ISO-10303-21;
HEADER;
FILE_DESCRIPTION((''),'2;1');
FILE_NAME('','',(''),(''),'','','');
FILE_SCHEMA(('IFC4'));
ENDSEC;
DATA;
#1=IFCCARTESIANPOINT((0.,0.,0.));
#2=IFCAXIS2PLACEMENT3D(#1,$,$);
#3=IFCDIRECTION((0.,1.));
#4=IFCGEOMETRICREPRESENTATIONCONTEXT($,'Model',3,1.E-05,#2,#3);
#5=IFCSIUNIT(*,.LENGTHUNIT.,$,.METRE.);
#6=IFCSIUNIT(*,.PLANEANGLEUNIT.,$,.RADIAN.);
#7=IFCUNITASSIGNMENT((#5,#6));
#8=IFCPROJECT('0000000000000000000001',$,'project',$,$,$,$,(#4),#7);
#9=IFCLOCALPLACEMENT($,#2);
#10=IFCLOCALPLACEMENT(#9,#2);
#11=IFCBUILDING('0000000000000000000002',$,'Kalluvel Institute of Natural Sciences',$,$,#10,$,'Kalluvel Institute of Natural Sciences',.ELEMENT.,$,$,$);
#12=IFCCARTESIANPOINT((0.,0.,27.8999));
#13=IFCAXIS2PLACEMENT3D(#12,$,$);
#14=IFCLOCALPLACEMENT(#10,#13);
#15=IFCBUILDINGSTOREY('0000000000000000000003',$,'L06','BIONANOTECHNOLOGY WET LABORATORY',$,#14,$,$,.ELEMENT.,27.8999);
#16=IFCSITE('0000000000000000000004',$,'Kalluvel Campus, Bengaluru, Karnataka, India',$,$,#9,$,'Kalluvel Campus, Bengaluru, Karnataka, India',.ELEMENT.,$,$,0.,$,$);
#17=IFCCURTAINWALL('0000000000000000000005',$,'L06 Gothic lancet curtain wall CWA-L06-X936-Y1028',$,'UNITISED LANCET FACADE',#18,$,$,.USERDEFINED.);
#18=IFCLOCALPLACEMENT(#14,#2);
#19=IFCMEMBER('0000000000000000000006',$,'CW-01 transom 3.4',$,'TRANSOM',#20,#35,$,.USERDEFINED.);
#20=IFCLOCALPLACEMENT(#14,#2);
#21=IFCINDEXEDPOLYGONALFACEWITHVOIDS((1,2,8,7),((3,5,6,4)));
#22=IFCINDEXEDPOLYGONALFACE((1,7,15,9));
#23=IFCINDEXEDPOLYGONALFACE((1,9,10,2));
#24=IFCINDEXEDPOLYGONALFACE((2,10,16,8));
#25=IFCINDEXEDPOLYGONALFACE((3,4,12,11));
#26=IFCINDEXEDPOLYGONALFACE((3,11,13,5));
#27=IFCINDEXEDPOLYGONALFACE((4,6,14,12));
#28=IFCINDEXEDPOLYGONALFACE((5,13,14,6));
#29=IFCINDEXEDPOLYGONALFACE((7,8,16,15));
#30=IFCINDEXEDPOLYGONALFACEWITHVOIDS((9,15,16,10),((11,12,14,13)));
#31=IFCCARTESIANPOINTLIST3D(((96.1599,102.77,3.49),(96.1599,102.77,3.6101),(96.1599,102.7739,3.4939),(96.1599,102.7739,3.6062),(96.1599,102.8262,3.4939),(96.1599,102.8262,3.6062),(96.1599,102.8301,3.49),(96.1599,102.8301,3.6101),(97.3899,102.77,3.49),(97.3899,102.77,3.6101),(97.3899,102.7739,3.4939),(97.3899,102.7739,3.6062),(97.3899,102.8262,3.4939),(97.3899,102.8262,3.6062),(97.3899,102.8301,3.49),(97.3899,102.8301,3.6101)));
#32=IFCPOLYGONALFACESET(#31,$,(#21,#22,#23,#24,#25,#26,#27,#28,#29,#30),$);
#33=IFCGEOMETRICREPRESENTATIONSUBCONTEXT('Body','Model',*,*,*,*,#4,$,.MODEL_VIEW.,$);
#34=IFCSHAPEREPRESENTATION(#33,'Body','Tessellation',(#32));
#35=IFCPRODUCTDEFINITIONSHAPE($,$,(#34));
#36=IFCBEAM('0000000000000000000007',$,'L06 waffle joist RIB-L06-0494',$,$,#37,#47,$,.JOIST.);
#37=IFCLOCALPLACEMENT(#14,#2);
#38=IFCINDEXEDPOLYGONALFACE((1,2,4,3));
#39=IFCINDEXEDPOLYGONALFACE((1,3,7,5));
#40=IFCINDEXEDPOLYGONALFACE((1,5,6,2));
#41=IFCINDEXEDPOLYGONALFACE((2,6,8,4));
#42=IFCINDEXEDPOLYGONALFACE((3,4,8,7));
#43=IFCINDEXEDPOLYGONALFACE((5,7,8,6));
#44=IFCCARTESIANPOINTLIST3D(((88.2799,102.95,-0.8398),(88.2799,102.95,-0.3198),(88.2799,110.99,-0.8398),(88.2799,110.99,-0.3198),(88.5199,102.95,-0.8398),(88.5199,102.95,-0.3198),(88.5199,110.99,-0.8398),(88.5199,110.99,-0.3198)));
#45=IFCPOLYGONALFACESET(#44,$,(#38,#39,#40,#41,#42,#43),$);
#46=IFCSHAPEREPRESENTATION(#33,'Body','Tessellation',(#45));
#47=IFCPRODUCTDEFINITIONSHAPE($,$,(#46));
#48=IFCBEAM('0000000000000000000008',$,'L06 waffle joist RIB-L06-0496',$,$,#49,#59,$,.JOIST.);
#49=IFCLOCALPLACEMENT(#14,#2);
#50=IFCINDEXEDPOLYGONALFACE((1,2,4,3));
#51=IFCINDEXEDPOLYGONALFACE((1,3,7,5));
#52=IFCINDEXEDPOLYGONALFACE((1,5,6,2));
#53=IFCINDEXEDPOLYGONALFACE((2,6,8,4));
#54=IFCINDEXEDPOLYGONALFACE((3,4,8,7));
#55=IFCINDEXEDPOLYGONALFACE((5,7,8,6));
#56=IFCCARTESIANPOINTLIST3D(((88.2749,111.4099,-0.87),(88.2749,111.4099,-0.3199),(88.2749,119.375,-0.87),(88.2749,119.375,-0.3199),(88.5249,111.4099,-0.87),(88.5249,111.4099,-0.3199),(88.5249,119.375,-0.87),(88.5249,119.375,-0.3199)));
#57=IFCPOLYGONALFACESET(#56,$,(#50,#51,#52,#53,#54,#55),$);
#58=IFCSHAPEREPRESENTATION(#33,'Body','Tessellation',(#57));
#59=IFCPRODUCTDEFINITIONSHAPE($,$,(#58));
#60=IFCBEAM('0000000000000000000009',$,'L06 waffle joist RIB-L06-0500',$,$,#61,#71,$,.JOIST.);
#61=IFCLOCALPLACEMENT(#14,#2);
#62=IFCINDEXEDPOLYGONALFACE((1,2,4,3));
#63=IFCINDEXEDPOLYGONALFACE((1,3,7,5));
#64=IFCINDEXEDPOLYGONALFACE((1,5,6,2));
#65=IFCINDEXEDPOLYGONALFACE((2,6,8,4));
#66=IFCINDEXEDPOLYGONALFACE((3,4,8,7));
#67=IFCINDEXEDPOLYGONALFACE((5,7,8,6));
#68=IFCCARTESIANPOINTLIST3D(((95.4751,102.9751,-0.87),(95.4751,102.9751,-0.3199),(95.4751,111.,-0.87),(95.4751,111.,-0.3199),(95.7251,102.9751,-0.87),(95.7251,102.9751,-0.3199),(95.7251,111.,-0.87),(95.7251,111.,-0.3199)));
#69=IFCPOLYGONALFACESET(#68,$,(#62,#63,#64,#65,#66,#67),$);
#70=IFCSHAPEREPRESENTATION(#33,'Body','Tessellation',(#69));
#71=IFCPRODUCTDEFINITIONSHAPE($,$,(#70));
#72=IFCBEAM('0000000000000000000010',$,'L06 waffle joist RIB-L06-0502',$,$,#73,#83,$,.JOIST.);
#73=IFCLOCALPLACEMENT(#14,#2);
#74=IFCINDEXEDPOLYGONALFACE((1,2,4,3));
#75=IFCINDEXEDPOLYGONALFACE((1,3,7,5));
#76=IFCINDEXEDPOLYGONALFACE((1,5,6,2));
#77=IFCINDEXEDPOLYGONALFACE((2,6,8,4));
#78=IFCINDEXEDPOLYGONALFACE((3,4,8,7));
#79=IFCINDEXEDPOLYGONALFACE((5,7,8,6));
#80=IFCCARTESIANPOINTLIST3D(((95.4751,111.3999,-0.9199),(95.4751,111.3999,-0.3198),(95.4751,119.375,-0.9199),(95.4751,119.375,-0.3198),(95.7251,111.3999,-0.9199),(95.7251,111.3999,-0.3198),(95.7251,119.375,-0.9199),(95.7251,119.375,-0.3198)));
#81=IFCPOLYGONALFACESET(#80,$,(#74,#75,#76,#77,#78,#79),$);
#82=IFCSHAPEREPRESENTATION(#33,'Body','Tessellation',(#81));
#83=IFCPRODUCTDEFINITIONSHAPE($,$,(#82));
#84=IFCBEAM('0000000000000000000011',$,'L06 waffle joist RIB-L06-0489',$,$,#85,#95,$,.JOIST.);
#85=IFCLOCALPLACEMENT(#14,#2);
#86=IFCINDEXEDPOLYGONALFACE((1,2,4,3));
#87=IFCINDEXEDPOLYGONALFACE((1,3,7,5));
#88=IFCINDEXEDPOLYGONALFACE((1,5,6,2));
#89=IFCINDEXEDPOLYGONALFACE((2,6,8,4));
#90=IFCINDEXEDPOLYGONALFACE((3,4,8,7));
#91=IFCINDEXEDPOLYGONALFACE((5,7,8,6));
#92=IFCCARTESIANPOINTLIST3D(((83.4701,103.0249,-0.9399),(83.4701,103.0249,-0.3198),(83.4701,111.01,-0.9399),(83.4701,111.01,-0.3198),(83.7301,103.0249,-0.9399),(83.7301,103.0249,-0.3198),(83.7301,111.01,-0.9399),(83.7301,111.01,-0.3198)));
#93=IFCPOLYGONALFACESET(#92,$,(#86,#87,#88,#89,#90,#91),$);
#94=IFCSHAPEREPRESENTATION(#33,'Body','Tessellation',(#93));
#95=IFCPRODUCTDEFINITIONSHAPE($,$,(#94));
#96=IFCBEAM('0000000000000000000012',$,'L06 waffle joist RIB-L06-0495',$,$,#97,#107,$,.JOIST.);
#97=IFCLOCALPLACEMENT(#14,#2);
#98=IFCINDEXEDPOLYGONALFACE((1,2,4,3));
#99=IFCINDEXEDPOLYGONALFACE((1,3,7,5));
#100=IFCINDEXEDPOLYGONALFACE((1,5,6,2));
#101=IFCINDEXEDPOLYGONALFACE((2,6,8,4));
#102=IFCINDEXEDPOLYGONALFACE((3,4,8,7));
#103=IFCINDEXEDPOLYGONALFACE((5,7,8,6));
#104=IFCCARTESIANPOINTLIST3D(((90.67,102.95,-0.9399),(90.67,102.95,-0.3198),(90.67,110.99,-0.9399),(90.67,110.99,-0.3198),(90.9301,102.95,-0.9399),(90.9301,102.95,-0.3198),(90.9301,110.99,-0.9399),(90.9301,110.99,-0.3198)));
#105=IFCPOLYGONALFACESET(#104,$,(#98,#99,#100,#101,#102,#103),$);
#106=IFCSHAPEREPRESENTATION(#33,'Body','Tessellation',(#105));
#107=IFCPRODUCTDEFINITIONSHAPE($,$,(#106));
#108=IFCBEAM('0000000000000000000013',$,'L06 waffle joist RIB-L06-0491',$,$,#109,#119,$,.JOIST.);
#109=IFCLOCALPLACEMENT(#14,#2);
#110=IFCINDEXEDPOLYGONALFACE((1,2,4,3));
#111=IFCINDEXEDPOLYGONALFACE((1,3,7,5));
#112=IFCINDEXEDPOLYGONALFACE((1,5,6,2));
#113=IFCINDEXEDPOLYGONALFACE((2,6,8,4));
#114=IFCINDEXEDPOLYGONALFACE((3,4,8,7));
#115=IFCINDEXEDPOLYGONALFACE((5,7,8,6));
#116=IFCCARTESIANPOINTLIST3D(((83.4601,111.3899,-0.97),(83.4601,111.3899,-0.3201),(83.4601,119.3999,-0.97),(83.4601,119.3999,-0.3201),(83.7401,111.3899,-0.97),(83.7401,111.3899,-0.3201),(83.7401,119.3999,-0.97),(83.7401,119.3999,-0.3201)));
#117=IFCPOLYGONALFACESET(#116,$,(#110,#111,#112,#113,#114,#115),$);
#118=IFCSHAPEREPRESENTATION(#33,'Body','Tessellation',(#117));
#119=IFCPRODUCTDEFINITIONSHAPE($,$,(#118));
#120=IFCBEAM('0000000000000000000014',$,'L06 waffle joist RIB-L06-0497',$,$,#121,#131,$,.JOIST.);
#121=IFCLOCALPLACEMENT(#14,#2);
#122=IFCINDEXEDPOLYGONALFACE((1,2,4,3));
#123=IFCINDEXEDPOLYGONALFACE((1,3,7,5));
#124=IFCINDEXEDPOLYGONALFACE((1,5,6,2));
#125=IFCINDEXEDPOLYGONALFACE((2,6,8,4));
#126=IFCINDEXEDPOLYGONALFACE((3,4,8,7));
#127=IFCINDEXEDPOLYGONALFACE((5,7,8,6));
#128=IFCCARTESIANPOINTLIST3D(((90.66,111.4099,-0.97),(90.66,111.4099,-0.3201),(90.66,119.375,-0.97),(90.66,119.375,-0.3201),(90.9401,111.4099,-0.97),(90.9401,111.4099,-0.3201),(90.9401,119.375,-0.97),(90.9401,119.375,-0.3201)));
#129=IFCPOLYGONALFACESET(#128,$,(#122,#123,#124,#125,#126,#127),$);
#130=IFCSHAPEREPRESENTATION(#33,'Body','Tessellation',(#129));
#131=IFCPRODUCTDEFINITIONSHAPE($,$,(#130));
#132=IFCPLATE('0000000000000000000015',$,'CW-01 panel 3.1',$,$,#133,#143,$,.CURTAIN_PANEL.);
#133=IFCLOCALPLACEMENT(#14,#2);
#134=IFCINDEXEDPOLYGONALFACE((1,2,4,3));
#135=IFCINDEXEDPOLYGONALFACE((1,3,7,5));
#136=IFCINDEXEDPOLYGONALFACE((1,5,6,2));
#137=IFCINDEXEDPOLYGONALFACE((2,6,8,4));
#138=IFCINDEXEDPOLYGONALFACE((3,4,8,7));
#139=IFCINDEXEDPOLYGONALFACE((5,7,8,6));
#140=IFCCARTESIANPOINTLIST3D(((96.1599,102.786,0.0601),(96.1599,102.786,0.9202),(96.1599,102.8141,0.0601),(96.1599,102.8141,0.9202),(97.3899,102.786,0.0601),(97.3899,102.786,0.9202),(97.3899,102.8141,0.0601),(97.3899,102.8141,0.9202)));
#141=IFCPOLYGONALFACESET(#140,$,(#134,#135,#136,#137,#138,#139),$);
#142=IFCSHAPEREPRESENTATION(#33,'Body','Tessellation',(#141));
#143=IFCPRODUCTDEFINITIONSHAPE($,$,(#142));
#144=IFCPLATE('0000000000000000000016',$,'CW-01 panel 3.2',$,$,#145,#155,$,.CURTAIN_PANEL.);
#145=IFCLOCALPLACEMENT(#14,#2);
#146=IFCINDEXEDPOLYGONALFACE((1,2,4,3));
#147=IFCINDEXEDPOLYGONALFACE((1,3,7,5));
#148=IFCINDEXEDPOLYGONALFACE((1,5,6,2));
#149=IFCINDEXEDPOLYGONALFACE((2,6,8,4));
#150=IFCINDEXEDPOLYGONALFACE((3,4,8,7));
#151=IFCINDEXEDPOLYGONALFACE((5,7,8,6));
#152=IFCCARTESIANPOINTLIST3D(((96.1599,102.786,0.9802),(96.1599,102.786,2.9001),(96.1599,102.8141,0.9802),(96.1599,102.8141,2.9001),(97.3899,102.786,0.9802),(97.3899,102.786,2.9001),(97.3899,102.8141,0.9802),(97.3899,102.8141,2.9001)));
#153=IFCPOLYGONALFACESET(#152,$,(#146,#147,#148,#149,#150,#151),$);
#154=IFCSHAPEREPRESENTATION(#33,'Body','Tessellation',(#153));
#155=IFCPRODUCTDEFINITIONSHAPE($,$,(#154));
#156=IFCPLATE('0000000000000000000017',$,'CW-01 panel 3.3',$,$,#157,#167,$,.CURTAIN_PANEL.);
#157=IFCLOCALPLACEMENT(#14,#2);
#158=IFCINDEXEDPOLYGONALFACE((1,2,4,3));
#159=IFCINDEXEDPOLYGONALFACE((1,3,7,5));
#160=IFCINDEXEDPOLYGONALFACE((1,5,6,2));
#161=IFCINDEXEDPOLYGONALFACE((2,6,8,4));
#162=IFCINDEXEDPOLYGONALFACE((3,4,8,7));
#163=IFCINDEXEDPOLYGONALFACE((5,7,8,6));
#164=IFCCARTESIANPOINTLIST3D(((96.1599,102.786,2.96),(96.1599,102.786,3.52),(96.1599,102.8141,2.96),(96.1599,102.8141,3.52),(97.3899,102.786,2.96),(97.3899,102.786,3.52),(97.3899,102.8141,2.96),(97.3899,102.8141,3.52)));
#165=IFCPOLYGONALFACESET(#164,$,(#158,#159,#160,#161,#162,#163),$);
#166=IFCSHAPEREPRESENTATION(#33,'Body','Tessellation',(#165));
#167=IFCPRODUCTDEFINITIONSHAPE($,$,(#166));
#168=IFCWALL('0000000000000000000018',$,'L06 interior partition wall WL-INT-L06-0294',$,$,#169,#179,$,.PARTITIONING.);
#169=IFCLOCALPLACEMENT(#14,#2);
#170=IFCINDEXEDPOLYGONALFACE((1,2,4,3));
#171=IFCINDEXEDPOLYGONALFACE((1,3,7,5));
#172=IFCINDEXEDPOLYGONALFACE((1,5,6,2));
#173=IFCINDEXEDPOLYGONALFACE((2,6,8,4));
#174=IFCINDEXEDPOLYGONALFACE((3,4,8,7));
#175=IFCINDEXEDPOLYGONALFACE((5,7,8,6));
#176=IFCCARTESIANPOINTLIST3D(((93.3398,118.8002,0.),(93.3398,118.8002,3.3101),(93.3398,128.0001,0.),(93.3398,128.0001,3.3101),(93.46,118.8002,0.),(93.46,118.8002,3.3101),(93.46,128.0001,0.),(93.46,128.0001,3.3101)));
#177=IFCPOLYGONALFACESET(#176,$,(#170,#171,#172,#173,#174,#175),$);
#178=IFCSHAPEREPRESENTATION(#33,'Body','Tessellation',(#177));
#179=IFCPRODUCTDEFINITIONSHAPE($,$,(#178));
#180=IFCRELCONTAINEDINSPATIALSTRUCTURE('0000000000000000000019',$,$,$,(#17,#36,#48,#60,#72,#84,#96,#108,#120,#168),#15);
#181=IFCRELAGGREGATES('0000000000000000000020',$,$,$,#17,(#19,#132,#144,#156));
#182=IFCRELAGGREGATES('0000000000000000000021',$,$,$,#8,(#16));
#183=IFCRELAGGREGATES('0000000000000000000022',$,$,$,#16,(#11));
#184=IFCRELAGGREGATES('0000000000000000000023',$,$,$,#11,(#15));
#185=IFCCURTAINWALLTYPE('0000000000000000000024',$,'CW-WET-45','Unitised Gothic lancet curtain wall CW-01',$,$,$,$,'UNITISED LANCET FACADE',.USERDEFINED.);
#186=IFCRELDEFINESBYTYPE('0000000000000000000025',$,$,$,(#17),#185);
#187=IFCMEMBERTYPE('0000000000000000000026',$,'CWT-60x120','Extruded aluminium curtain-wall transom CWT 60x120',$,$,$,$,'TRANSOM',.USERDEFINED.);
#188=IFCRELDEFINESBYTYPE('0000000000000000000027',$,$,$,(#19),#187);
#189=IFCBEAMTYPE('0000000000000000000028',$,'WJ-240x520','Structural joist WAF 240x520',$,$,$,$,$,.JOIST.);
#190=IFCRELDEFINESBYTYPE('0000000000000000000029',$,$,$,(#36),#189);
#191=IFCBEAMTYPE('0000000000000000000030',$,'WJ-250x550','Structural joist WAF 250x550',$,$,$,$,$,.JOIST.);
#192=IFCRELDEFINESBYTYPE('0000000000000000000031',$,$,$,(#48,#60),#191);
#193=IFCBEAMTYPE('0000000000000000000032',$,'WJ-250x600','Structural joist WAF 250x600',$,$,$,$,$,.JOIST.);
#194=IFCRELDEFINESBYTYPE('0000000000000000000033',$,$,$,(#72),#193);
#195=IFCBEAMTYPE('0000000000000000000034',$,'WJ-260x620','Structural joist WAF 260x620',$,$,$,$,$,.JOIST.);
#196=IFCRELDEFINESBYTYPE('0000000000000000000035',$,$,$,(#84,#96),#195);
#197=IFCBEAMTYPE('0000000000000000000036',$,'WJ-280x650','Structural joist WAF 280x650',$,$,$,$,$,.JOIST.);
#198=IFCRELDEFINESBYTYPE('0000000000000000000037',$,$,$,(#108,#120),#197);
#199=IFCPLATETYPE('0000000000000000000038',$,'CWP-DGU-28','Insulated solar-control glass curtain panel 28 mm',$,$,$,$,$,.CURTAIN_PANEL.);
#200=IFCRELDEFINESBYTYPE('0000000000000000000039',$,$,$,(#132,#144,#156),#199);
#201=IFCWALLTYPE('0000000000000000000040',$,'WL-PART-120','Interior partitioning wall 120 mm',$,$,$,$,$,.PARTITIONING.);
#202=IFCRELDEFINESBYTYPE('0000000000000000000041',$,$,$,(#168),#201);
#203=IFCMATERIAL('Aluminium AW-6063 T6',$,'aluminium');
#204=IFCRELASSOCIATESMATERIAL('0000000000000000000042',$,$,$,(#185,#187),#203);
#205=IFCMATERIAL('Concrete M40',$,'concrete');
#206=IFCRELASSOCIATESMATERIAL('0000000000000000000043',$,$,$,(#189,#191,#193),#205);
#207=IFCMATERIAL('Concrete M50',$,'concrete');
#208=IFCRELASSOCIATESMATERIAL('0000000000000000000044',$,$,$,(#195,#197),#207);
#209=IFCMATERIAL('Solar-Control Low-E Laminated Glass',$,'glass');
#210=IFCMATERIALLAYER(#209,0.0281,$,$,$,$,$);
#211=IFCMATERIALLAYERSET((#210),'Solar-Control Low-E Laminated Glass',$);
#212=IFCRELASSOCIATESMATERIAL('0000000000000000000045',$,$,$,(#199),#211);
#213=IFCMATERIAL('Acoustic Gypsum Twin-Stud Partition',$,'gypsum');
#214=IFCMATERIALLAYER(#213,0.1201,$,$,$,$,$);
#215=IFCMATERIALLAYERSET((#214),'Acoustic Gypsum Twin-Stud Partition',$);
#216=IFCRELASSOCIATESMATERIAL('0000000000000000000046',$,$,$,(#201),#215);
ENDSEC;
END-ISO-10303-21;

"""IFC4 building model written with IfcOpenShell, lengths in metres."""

from ifc_helpers import new_model, si_unit, direction, frame, frame_2d, origin, origin_2d, place, context, subcontext, project, spatial, rectangle, hollow_rectangle, extrude, material, layer, layer_set, material_profile, profile_set, type_object, element, aggregate, save


model = new_model("IFC4")

# Units and contexts
model_context = context("Model", 3, precision=1e-05, world=origin(), true_north=direction((0.0, 1.0)))
body_context = subcontext(model_context, "Body", "Model", "MODEL_VIEW")
ifc_project = project(units=[si_unit("LENGTHUNIT", "METRE"), si_unit("PLANEANGLEUNIT", "RADIAN")], contexts=[model_context])

# Site, building, storey
site_placement = place(None, origin())
site = spatial("IfcSite", under=ifc_project, at=site_placement, Name="Kalluvel Campus, Bengaluru, Karnataka, India", LongName="Kalluvel Campus, Bengaluru, Karnataka, India", CompositionType="ELEMENT", RefElevation=0.0)
building_placement = place(site_placement, origin())
building = spatial("IfcBuilding", under=site, at=building_placement, Name="Kalluvel Institute of Natural Sciences", LongName="Kalluvel Institute of Natural Sciences", CompositionType="ELEMENT")
storey_placement = place(building_placement, frame((0.0, 0.0, 27.8999)))
storey = spatial("IfcBuildingStorey", under=building, at=storey_placement, Name="L06", Description="BIONANOTECHNOLOGY WET LABORATORY", CompositionType="ELEMENT", Elevation=27.8999)

# Shared definitions
ifc_material_1 = material(Name="Concrete M40", Category="concrete")

# Shared definitions
ifc_material_2 = material(Name="Concrete M50", Category="concrete")

# Curtain wall, member
ifc_material_3 = material(Name="Aluminium AW-6063 T6", Category="aluminium")
curtain_wall_type = type_object("IfcCurtainWallType", Name="CW-WET-45", Description="Unitised Gothic lancet curtain wall CW-01", ElementType="UNITISED LANCET FACADE", PredefinedType="USERDEFINED", material=ifc_material_3)
curtain_wall_placement = place(storey_placement, origin())
curtain_wall = element("IfcCurtainWall", 1, at=curtain_wall_placement, inside=storey, type_object=curtain_wall_type, Name="L06 Gothic lancet curtain wall CWA-L06-X936-Y1028", ObjectType="UNITISED LANCET FACADE", PredefinedType="USERDEFINED")
ifc_material_profile_1 = material_profile(ifc_material_3, hollow_rectangle(XDim=0.0601, YDim=0.1201, WallThickness=0.0039, at=origin_2d()), Name="CWT 60x120")
ifc_profile_set_1 = profile_set([ifc_material_profile_1], Name="Aluminium AW-6063 T6")
member_type_1 = type_object("IfcMemberType", Name="CWT-60x120", Description="Extruded aluminium curtain-wall transom CWT 60x120", ElementType="TRANSOM", PredefinedType="USERDEFINED", material=ifc_profile_set_1)
member_1_placement = place(storey_placement, frame((96.1599, 102.8, 3.55), z_axis=(1.0, 0.0, 0.0), x_axis=(0.0, 1.0, 0.0)))
member_1 = element("IfcMember", 2, at=member_1_placement, type_object=member_type_1, Name="CW-01 transom 3.4", ObjectType="TRANSOM", PredefinedType="USERDEFINED", context=body_context, shape_type="SweptSolid", body=[
    extrude(hollow_rectangle(XDim=0.0601, YDim=0.1201, WallThickness=0.0039, at=origin_2d()), origin(), (0.0, 0.0, 1.0), 1.23),
])

# Beams
ifc_material_profile_2 = material_profile(ifc_material_1, rectangle(XDim=0.24, YDim=0.52, at=origin_2d()), Name="WAF 240x520")
ifc_profile_set_2 = profile_set([ifc_material_profile_2], Name="Concrete M40")
beam_type_1 = type_object("IfcBeamType", Name="WJ-240x520", Description="Structural joist WAF 240x520", PredefinedType="JOIST", material=ifc_profile_set_2)
beam_1_placement = place(storey_placement, frame((88.3999, 102.95, -0.5798), z_axis=(0.0, 1.0, 0.0), x_axis=(-1.0, 0.0, 0.0)))
element("IfcBeam", 3, at=beam_1_placement, inside=storey, type_object=beam_type_1, Name="L06 waffle joist RIB-L06-0494", PredefinedType="JOIST", context=body_context, shape_type="SweptSolid", body=[
    extrude(rectangle(XDim=0.24, YDim=0.52, at=origin_2d()), origin(), (0.0, 0.0, 1.0), 8.04),
])
ifc_material_profile_3 = material_profile(ifc_material_1, rectangle(XDim=0.25, YDim=0.55, at=origin_2d()), Name="WAF 250x550")
ifc_profile_set_3 = profile_set([ifc_material_profile_3], Name="Concrete M40")
beam_type_2 = type_object("IfcBeamType", Name="WJ-250x550", Description="Structural joist WAF 250x550", PredefinedType="JOIST", material=ifc_profile_set_3)
beam_2_placement = place(storey_placement, frame((88.3999, 111.4099, -0.595), z_axis=(0.0, 1.0, 0.0), x_axis=(-1.0, 0.0, 0.0)))
element("IfcBeam", 4, at=beam_2_placement, inside=storey, type_object=beam_type_2, Name="L06 waffle joist RIB-L06-0496", PredefinedType="JOIST", context=body_context, shape_type="SweptSolid", body=[
    extrude(rectangle(XDim=0.25, YDim=0.55, at=origin_2d()), origin(), (0.0, 0.0, 1.0), 7.9651),
])
beam_3_placement = place(storey_placement, frame((95.6001, 102.9751, -0.595), z_axis=(0.0, 1.0, 0.0), x_axis=(-1.0, 0.0, 0.0)))
element("IfcBeam", 5, at=beam_3_placement, inside=storey, type_object=beam_type_2, Name="L06 waffle joist RIB-L06-0500", PredefinedType="JOIST", context=body_context, shape_type="SweptSolid", body=[
    extrude(rectangle(XDim=0.25, YDim=0.55, at=origin_2d()), origin(), (0.0, 0.0, 1.0), 8.0249),
])
ifc_material_profile_4 = material_profile(ifc_material_1, rectangle(XDim=0.25, YDim=0.6001, at=origin_2d()), Name="WAF 250x600")
ifc_profile_set_4 = profile_set([ifc_material_profile_4], Name="Concrete M40")
beam_type_3 = type_object("IfcBeamType", Name="WJ-250x600", Description="Structural joist WAF 250x600", PredefinedType="JOIST", material=ifc_profile_set_4)
beam_4_placement = place(storey_placement, frame((95.6001, 111.3999, -0.6199), z_axis=(0.0, 1.0, 0.0), x_axis=(-1.0, 0.0, 0.0)))
element("IfcBeam", 6, at=beam_4_placement, inside=storey, type_object=beam_type_3, Name="L06 waffle joist RIB-L06-0502", PredefinedType="JOIST", context=body_context, shape_type="SweptSolid", body=[
    extrude(rectangle(XDim=0.25, YDim=0.6001, at=origin_2d()), origin(), (0.0, 0.0, 1.0), 7.9751),
])
ifc_material_profile_5 = material_profile(ifc_material_2, rectangle(XDim=0.26, YDim=0.6201, at=origin_2d()), Name="WAF 260x620")
ifc_profile_set_5 = profile_set([ifc_material_profile_5], Name="Concrete M50")
beam_type_4 = type_object("IfcBeamType", Name="WJ-260x620", Description="Structural joist WAF 260x620", PredefinedType="JOIST", material=ifc_profile_set_5)
beam_5_placement = place(storey_placement, frame((83.6001, 103.0249, -0.6299), z_axis=(0.0, 1.0, 0.0), x_axis=(-1.0, 0.0, 0.0)))
element("IfcBeam", 7, at=beam_5_placement, inside=storey, type_object=beam_type_4, Name="L06 waffle joist RIB-L06-0489", PredefinedType="JOIST", context=body_context, shape_type="SweptSolid", body=[
    extrude(rectangle(XDim=0.26, YDim=0.6201, at=origin_2d()), origin(), (0.0, 0.0, 1.0), 7.9851),
])
beam_6_placement = place(storey_placement, frame((90.8, 102.95, -0.6299), z_axis=(0.0, 1.0, 0.0), x_axis=(-1.0, 0.0, 0.0)))
element("IfcBeam", 8, at=beam_6_placement, inside=storey, type_object=beam_type_4, Name="L06 waffle joist RIB-L06-0495", PredefinedType="JOIST", context=body_context, shape_type="SweptSolid", body=[
    extrude(rectangle(XDim=0.26, YDim=0.6201, at=origin_2d()), origin(), (0.0, 0.0, 1.0), 8.04),
])
ifc_material_profile_6 = material_profile(ifc_material_2, rectangle(XDim=0.28, YDim=0.6499, at=origin_2d()), Name="WAF 280x650")
ifc_profile_set_6 = profile_set([ifc_material_profile_6], Name="Concrete M50")
beam_type_5 = type_object("IfcBeamType", Name="WJ-280x650", Description="Structural joist WAF 280x650", PredefinedType="JOIST", material=ifc_profile_set_6)
beam_7_placement = place(storey_placement, frame((83.6001, 111.3899, -0.645), z_axis=(0.0, 1.0, 0.0), x_axis=(-1.0, 0.0, 0.0)))
element("IfcBeam", 9, at=beam_7_placement, inside=storey, type_object=beam_type_5, Name="L06 waffle joist RIB-L06-0491", PredefinedType="JOIST", context=body_context, shape_type="SweptSolid", body=[
    extrude(rectangle(XDim=0.28, YDim=0.6499, at=origin_2d()), origin(), (0.0, 0.0, 1.0), 8.01),
])
beam_8_placement = place(storey_placement, frame((90.8, 111.4099, -0.645), z_axis=(0.0, 1.0, 0.0), x_axis=(-1.0, 0.0, 0.0)))
element("IfcBeam", 10, at=beam_8_placement, inside=storey, type_object=beam_type_5, Name="L06 waffle joist RIB-L06-0497", PredefinedType="JOIST", context=body_context, shape_type="SweptSolid", body=[
    extrude(rectangle(XDim=0.28, YDim=0.6499, at=origin_2d()), origin(), (0.0, 0.0, 1.0), 7.9651),
])

# Plates
ifc_material_4 = material(Name="Solar-Control Low-E Laminated Glass", Category="glass")
ifc_layer_1 = layer(ifc_material_4, 0.0281)
ifc_layer_set_1 = layer_set([ifc_layer_1], Name="Solar-Control Low-E Laminated Glass")
plate_type = type_object("IfcPlateType", Name="CWP-DGU-28", Description="Insulated solar-control glass curtain panel 28 mm", PredefinedType="CURTAIN_PANEL", material=ifc_layer_set_1)
plate_1_placement = place(storey_placement, frame((96.7749, 102.8, 0.0601), z_axis=(0.0, 0.0, 1.0), x_axis=(1.0, 0.0, 0.0)))
plate_1 = element("IfcPlate", 11, at=plate_1_placement, type_object=plate_type, Name="CW-01 panel 3.1", PredefinedType="CURTAIN_PANEL", context=body_context, shape_type="SweptSolid", body=[
    extrude(rectangle(XDim=1.23, YDim=0.0281, at=origin_2d()), origin(), (0.0, 0.0, 1.0), 0.8601),
])
plate_2_placement = place(storey_placement, frame((96.7749, 102.8, 0.9802), z_axis=(0.0, 0.0, 1.0), x_axis=(1.0, 0.0, 0.0)))
plate_2 = element("IfcPlate", 12, at=plate_2_placement, type_object=plate_type, Name="CW-01 panel 3.2", PredefinedType="CURTAIN_PANEL", context=body_context, shape_type="SweptSolid", body=[
    extrude(rectangle(XDim=1.23, YDim=0.0281, at=origin_2d()), origin(), (0.0, 0.0, 1.0), 1.9199),
])
plate_3_placement = place(storey_placement, frame((96.7749, 102.8, 2.96), z_axis=(0.0, 0.0, 1.0), x_axis=(1.0, 0.0, 0.0)))
plate_3 = element("IfcPlate", 13, at=plate_3_placement, type_object=plate_type, Name="CW-01 panel 3.3", PredefinedType="CURTAIN_PANEL", context=body_context, shape_type="SweptSolid", body=[
    extrude(rectangle(XDim=1.23, YDim=0.0281, at=origin_2d()), origin(), (0.0, 0.0, 1.0), 0.5601),
])
aggregate(curtain_wall, [member_1, plate_1, plate_2, plate_3])

# Wall
ifc_material_5 = material(Name="Acoustic Gypsum Twin-Stud Partition", Category="gypsum")
ifc_layer_2 = layer(ifc_material_5, 0.1201)
ifc_layer_set_2 = layer_set([ifc_layer_2], Name="Acoustic Gypsum Twin-Stud Partition")
wall_type = type_object("IfcWallType", Name="WL-PART-120", Description="Interior partitioning wall 120 mm", PredefinedType="PARTITIONING", material=ifc_layer_set_2)
wall_placement = place(storey_placement, frame((93.3999, 118.8, 0.0), z_axis=(0.0, 0.0, 1.0), x_axis=(0.0, 1.0, 0.0)))
element("IfcWall", 14, at=wall_placement, inside=storey, type_object=wall_type, Name="L06 interior partition wall WL-INT-L06-0294", PredefinedType="PARTITIONING", context=body_context, shape_type="SweptSolid", body=[
    extrude(rectangle(XDim=9.2, YDim=0.1201, at=frame_2d((4.6001, 0.0))), origin(), (0.0, 0.0, 1.0), 3.3101),
])

save(model, "model.ifc")
